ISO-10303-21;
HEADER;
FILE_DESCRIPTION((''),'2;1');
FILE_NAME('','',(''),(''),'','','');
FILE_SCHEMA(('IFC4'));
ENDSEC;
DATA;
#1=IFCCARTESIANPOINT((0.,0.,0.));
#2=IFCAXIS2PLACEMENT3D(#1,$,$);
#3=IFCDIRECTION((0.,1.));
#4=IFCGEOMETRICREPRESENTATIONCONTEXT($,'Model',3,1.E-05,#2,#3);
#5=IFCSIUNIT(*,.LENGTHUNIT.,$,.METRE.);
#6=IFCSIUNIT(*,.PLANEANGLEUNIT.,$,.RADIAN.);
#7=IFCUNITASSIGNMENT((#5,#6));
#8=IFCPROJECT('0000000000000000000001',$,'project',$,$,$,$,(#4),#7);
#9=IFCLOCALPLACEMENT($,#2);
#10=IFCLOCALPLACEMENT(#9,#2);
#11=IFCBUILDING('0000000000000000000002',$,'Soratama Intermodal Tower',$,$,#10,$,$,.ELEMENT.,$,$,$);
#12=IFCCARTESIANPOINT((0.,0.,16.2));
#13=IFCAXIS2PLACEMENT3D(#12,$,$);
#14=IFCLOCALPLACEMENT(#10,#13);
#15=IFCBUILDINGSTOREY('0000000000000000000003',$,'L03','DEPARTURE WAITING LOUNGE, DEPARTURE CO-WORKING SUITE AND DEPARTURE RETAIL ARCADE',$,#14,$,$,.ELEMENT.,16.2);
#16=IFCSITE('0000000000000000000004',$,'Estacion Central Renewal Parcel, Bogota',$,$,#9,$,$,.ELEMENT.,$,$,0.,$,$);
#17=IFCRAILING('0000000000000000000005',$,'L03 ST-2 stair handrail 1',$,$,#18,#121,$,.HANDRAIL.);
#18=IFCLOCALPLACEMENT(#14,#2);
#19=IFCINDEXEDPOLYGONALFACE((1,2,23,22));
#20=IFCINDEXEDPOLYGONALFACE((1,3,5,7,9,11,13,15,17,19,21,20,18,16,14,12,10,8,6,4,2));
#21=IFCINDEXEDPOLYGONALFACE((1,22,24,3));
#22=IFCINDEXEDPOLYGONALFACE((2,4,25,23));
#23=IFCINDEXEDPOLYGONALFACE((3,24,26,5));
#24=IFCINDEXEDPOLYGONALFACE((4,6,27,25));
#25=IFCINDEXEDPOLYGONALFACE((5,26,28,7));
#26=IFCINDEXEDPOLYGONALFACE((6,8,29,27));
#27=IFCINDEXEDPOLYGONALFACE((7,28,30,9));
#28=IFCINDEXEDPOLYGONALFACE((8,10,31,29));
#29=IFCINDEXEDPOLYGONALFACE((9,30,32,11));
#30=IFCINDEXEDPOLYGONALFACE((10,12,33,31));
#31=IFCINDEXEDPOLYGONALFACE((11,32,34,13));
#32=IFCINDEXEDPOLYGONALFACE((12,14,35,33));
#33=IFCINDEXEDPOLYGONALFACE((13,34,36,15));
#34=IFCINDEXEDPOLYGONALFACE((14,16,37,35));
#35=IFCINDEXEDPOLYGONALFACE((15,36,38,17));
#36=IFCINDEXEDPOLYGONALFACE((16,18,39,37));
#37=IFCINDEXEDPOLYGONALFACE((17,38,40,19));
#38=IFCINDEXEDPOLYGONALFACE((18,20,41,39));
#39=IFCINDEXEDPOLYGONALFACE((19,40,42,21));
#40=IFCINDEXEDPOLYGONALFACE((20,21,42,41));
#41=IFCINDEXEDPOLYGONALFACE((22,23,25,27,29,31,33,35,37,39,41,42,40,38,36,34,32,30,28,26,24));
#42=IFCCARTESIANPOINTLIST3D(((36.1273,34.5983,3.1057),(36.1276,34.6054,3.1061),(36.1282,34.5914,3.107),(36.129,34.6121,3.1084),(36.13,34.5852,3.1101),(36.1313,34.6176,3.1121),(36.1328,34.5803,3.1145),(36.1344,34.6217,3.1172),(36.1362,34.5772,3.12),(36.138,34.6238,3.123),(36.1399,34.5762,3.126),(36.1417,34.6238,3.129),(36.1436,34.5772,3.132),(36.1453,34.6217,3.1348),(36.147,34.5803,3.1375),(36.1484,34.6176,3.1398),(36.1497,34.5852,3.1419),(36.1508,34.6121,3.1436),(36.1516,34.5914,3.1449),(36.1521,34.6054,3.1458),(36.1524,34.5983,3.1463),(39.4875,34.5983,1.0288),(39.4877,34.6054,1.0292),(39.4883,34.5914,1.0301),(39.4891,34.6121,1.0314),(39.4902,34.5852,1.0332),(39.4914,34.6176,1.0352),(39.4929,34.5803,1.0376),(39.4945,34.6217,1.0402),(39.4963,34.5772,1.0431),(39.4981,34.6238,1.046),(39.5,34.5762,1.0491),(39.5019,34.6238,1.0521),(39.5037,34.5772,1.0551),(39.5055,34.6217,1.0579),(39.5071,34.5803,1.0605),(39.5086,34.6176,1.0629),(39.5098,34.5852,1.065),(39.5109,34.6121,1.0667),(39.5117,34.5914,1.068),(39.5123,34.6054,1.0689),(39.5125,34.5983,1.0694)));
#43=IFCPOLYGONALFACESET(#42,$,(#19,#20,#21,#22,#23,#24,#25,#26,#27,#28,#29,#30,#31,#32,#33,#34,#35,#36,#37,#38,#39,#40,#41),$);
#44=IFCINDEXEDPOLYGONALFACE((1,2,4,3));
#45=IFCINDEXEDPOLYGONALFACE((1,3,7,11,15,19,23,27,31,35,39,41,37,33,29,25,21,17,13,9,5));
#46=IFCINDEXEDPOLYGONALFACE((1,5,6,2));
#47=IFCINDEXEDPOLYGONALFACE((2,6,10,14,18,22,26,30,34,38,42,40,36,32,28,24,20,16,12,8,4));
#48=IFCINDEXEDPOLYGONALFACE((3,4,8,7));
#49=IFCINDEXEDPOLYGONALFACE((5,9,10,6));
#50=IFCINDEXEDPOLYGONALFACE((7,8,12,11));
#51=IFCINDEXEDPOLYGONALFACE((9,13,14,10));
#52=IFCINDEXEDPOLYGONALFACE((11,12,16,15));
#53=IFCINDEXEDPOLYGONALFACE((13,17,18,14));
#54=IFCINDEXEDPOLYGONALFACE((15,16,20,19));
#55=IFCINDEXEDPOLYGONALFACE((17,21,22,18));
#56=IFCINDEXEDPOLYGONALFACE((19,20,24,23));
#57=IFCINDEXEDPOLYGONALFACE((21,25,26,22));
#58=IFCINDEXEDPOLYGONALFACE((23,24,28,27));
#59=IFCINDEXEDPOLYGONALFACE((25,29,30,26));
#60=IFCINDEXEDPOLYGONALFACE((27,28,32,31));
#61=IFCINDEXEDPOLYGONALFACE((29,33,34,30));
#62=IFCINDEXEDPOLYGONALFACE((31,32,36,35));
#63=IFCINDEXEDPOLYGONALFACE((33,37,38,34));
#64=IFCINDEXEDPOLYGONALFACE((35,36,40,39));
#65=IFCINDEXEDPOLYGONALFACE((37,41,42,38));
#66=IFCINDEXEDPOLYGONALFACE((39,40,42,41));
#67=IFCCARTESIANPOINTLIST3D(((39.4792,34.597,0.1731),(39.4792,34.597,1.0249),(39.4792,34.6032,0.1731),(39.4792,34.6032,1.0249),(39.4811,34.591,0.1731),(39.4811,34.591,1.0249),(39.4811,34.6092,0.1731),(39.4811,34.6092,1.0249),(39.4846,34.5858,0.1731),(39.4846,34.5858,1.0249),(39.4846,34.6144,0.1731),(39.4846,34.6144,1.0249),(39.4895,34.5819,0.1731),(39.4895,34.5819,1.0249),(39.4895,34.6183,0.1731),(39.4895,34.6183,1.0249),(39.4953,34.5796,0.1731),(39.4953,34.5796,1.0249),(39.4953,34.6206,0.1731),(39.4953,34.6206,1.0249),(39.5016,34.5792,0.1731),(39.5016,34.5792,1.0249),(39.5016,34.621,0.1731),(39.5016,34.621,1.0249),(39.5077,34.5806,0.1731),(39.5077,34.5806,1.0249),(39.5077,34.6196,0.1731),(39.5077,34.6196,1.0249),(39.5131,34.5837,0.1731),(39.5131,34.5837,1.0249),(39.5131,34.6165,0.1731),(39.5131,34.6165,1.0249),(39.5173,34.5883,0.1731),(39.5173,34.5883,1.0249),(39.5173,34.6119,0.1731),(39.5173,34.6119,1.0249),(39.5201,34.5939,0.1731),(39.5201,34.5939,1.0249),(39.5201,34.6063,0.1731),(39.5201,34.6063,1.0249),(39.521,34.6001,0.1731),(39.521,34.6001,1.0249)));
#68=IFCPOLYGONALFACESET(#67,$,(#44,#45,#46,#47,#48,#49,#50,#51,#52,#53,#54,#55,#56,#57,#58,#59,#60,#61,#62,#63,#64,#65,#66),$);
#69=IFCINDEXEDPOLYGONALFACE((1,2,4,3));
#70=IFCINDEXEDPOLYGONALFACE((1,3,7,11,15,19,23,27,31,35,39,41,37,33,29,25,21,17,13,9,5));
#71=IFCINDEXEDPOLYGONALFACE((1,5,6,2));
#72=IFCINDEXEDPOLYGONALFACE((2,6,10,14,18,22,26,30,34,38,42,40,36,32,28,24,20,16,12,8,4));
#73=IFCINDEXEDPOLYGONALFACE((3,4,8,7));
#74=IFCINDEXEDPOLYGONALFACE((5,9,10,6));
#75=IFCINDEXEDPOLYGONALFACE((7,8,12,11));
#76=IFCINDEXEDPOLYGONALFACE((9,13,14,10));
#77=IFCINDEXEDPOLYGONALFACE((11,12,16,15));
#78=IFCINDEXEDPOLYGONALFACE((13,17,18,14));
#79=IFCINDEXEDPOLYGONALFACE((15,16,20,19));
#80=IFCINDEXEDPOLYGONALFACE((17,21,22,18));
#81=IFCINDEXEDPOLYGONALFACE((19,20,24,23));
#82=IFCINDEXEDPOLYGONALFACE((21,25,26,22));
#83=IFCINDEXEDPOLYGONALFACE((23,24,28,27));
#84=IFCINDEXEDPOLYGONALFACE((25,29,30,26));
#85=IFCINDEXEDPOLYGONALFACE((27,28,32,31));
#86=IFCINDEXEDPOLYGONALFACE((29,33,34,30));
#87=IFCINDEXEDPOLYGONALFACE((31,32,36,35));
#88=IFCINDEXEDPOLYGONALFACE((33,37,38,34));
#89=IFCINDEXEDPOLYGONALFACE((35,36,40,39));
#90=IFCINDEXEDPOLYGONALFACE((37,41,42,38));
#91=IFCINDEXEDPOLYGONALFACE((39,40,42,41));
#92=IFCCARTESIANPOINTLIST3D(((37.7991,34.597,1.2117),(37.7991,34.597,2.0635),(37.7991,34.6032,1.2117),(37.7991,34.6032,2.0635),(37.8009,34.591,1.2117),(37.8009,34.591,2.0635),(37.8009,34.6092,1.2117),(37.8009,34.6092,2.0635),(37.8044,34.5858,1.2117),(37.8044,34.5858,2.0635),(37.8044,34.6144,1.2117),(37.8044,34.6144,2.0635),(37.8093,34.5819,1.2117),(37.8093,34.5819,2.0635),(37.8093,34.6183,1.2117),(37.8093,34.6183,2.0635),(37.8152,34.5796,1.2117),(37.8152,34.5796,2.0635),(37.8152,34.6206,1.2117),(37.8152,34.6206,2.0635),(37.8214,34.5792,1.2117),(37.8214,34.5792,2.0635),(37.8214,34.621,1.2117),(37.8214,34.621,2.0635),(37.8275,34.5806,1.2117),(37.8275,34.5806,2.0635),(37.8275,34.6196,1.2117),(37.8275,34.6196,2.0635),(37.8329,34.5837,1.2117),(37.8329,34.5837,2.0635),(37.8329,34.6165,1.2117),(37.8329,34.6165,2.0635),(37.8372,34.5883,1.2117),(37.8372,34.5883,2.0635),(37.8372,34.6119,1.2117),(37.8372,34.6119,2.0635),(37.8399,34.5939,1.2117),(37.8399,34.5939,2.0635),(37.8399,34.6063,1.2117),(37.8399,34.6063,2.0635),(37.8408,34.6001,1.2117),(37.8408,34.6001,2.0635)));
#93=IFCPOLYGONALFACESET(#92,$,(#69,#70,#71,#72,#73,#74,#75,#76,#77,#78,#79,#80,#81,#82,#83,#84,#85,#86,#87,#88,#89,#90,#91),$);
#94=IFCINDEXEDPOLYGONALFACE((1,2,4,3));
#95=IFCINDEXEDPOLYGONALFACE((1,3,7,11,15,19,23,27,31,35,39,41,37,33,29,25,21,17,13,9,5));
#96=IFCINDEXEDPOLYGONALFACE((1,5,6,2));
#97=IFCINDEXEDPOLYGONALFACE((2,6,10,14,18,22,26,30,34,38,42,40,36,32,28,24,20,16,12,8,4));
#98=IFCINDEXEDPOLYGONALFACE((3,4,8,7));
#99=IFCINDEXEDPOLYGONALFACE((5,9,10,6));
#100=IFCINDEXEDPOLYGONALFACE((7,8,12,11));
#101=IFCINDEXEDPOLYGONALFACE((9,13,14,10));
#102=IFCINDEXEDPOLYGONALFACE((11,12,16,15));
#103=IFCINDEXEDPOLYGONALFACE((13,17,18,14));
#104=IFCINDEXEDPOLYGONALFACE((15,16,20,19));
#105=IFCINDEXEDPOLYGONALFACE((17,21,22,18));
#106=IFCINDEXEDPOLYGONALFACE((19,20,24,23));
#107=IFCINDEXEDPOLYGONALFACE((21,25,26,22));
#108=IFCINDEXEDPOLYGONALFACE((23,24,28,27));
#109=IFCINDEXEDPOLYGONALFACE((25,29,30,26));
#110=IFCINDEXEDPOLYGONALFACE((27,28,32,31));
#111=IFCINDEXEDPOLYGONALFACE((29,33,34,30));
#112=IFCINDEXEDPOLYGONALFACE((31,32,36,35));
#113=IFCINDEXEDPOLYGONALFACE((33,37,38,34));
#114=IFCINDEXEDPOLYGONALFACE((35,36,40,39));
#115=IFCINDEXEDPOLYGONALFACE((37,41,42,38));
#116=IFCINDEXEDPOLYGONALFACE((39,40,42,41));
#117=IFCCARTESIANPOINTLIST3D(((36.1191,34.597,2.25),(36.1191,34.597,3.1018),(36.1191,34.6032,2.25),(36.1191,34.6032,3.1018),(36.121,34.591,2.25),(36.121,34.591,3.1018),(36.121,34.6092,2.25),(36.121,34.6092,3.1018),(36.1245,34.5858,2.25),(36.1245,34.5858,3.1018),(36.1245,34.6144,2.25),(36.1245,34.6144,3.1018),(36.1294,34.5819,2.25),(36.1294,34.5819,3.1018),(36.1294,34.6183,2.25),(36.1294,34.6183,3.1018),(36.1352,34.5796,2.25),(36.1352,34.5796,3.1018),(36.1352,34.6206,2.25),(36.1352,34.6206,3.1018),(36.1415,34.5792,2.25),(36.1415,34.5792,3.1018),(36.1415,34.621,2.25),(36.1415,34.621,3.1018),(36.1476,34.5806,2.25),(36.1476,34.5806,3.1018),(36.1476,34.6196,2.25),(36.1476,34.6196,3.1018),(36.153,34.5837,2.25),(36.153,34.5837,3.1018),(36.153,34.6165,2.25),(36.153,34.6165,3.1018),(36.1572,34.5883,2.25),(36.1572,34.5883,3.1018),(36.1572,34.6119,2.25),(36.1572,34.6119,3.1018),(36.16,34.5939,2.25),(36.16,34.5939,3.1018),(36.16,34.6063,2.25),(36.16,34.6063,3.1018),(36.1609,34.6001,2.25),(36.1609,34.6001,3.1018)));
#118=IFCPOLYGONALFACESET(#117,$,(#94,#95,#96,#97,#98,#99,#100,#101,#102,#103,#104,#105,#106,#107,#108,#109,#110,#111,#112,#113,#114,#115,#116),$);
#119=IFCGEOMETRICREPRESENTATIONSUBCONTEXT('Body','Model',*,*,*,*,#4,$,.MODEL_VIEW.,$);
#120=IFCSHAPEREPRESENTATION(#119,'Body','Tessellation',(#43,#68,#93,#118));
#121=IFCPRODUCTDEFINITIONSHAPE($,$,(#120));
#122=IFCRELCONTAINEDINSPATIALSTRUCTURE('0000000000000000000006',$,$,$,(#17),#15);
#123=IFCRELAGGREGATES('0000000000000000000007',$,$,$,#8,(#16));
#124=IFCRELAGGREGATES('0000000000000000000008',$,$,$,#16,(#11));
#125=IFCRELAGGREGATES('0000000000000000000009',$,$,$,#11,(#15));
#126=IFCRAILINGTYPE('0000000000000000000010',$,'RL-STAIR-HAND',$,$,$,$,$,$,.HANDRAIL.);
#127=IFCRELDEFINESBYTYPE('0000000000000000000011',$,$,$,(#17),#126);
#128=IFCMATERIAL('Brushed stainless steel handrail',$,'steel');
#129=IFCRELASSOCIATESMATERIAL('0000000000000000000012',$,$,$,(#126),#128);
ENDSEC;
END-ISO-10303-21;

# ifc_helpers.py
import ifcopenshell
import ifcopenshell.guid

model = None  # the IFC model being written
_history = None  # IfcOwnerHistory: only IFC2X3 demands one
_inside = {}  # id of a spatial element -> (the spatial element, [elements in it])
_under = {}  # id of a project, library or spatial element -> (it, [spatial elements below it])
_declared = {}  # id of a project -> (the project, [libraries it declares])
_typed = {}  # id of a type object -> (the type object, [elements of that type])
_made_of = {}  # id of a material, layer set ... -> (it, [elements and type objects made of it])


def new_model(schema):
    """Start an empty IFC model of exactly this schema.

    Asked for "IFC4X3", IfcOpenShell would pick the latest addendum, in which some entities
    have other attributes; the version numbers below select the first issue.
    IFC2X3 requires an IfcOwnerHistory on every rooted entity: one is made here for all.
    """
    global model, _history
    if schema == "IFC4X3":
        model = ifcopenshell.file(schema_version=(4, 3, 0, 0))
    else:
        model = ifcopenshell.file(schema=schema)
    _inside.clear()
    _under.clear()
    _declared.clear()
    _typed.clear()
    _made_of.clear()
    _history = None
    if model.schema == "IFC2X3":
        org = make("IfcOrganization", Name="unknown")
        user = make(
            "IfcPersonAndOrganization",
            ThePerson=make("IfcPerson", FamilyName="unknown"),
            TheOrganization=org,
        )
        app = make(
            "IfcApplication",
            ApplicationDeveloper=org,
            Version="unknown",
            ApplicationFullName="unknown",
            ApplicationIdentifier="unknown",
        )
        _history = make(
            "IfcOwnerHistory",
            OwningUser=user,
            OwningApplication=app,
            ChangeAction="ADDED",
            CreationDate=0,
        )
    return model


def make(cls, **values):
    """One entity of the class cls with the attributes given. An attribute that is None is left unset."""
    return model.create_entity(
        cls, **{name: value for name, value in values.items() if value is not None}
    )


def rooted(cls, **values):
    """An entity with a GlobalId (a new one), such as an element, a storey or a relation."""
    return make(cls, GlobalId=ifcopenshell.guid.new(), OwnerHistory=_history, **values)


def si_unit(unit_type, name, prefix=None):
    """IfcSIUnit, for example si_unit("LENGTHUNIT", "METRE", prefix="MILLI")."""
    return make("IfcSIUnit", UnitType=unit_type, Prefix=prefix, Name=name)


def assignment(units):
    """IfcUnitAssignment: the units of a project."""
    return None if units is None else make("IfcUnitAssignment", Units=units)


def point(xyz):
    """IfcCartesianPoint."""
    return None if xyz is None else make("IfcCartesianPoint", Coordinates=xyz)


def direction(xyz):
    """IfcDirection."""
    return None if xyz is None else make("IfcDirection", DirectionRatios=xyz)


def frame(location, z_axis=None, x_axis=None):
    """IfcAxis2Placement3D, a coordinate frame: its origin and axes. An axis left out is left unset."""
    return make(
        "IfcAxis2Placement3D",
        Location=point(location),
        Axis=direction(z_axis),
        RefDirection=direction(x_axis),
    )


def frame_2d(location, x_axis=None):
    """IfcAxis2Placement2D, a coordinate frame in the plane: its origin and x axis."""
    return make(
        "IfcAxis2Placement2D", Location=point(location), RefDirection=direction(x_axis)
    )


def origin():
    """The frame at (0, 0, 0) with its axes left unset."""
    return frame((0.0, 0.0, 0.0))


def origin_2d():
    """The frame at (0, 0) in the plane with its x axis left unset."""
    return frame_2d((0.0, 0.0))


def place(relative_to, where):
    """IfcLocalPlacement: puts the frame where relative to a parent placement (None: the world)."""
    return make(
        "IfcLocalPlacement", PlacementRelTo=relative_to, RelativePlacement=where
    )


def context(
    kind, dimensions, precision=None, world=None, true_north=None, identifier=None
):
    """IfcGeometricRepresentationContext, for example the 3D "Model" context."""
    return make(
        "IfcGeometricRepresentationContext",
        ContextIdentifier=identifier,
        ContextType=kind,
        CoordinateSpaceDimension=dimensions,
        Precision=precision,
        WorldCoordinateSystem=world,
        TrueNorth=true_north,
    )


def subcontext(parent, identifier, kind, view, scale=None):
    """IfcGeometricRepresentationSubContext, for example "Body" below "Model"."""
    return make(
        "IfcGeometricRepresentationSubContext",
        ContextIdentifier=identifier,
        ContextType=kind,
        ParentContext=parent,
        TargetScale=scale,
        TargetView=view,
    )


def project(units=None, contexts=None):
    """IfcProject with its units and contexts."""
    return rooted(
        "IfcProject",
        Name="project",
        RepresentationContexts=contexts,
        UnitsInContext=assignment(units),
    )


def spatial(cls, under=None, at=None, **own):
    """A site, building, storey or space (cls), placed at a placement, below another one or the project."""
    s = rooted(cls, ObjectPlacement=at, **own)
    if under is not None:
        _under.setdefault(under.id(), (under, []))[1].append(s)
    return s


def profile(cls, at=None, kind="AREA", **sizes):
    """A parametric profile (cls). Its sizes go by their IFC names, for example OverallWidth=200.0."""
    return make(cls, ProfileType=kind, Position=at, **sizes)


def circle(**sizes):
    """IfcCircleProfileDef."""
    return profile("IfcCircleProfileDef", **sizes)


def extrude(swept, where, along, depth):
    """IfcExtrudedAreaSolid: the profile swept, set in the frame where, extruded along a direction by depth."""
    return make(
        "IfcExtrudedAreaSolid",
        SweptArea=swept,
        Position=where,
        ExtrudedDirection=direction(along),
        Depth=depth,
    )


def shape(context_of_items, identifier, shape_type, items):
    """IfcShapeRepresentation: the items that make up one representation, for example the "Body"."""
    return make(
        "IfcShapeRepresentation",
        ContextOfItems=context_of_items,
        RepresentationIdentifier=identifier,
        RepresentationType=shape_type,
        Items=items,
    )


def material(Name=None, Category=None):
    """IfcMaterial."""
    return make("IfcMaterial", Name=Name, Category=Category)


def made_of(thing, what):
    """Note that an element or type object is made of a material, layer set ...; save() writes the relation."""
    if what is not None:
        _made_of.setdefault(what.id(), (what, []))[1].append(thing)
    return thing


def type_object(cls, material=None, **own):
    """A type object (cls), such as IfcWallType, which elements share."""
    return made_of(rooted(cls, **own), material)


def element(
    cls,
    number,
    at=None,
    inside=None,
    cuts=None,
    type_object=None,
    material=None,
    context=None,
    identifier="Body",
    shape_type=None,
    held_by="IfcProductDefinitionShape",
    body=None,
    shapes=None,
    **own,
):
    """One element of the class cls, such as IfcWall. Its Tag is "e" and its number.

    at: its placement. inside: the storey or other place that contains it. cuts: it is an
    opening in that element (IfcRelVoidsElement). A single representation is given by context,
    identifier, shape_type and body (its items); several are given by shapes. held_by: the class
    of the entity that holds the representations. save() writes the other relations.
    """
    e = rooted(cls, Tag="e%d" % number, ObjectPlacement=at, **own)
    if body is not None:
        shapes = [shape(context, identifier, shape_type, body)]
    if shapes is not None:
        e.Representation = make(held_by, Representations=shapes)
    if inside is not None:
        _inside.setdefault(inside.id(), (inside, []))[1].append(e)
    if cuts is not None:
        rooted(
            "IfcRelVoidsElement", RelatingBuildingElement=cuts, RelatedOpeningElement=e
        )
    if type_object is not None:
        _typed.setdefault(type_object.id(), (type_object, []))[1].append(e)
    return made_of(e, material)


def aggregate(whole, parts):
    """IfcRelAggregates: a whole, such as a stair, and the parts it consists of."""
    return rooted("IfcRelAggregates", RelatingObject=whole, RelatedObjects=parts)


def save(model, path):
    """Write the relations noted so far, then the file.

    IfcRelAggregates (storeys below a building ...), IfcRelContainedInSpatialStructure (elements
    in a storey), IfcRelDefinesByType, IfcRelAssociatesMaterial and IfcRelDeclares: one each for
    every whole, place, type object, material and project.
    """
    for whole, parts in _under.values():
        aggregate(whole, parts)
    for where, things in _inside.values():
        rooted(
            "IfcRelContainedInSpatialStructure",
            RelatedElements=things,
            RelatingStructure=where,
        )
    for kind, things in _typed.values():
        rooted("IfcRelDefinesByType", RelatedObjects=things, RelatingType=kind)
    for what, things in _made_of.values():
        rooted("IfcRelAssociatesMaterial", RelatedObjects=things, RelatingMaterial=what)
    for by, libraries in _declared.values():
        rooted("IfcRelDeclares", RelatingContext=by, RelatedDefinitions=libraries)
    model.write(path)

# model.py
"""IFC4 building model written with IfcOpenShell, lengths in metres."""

from ifc_helpers import new_model, si_unit, direction, frame, origin, origin_2d, place, context, subcontext, project, spatial, circle, extrude, material, type_object, element, save


model = new_model("IFC4")

# Units and contexts
model_context = context("Model", 3, precision=1e-05, world=origin(), true_north=direction((0.0, 1.0)))
body_context = subcontext(model_context, "Body", "Model", "MODEL_VIEW")
ifc_project = project(units=[si_unit("LENGTHUNIT", "METRE"), si_unit("PLANEANGLEUNIT", "RADIAN")], contexts=[model_context])

# Site, building, storey
site_placement = place(None, origin())
site = spatial("IfcSite", under=ifc_project, at=site_placement, Name="Estacion Central Renewal Parcel, Bogota", CompositionType="ELEMENT", RefElevation=0.0)
building_placement = place(site_placement, origin())
building = spatial("IfcBuilding", under=site, at=building_placement, Name="Soratama Intermodal Tower", CompositionType="ELEMENT")
storey_placement = place(building_placement, frame((0.0, 0.0, 16.2)))
storey = spatial("IfcBuildingStorey", under=building, at=storey_placement, Name="L03", Description="DEPARTURE WAITING LOUNGE, DEPARTURE CO-WORKING SUITE AND DEPARTURE RETAIL ARCADE", CompositionType="ELEMENT", Elevation=16.2)

# Railing
ifc_material_1 = material(Name="Brushed stainless steel handrail", Category="steel")
railing_type_1 = type_object("IfcRailingType", Name="RL-STAIR-HAND", PredefinedType="HANDRAIL", material=ifc_material_1)
railing_1_placement = place(storey_placement, frame((39.5, 34.6001, 0.1731)))
element("IfcRailing", 1, at=railing_1_placement, inside=storey, type_object=railing_type_1, Name="L03 ST-2 stair handrail 1", PredefinedType="HANDRAIL", context=body_context, shape_type="SweptSolid", body=[
    extrude(circle(Radius=0.0239, at=origin_2d()), frame((0.0, 0.0, 0.876), z_axis=(-0.850623, 0.0, 0.525776), x_axis=(0.0, -1.0, 0.0)), (0.0, 0.0, 1.0), 3.9502),
    extrude(circle(Radius=0.021, at=origin_2d()), origin(), (0.0, 0.0, 1.0), 0.8518),
    extrude(circle(Radius=0.021, at=origin_2d()), frame((-1.6802, 0.0, 1.0386)), (0.0, 0.0, 1.0), 0.8518),
    extrude(circle(Radius=0.021, at=origin_2d()), frame((-3.3601, 0.0, 2.0769)), (0.0, 0.0, 1.0), 0.8518),
])

save(model, "model.ifc")
